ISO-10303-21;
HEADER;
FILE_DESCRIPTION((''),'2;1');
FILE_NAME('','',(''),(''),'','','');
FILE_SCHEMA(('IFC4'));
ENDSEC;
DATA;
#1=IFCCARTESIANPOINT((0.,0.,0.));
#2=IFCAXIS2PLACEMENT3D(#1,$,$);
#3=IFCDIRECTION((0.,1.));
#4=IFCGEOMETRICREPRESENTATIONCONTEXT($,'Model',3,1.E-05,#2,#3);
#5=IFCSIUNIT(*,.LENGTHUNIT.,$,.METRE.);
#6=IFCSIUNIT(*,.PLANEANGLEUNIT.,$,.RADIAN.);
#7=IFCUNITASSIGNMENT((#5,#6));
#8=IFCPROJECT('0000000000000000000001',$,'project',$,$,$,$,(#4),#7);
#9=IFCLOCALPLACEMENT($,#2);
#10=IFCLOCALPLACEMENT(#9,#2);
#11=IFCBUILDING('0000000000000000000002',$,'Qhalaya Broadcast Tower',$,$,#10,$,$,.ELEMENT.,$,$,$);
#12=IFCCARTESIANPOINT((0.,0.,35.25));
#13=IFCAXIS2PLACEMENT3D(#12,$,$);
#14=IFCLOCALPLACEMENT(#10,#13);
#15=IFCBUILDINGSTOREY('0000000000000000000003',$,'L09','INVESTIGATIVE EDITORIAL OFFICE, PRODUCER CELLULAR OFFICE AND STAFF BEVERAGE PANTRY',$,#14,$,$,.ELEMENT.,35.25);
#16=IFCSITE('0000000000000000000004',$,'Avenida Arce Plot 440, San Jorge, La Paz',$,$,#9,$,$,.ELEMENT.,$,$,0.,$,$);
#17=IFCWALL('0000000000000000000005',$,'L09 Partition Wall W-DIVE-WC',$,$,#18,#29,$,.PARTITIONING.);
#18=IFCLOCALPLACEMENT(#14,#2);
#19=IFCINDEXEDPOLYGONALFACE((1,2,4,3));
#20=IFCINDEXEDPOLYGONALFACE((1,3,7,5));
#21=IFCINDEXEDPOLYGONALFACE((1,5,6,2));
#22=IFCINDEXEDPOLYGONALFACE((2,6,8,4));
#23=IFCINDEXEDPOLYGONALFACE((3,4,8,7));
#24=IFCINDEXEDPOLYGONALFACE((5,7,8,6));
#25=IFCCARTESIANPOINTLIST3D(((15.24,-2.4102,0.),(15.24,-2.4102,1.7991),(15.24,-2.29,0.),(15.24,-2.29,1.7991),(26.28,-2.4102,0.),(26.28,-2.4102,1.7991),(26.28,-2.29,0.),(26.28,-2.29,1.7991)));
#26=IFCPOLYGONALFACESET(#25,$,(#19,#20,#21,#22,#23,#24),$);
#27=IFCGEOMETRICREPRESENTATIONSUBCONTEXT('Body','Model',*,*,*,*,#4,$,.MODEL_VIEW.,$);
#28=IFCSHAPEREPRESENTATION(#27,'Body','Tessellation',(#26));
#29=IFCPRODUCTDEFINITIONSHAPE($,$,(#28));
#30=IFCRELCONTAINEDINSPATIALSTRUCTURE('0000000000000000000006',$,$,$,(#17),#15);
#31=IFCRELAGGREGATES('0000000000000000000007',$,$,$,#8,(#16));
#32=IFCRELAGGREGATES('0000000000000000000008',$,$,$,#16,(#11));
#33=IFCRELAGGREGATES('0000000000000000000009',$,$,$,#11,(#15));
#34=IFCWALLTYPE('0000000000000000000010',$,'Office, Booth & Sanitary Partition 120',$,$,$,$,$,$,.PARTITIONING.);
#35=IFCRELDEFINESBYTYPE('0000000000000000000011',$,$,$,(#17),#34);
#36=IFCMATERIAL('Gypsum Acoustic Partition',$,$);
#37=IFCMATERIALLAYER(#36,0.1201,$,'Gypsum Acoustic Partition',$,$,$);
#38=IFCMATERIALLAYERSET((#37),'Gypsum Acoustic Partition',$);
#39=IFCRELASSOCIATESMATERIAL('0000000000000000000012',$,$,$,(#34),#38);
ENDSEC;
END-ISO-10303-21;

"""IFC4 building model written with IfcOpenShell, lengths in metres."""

from ifc_helpers import new_model, si_unit, direction, frame, frame_2d, origin, place, context, subcontext, project, spatial, rectangle, extrude, material, layer, layer_set, type_object, element, save


model = new_model("IFC4")

# Units and contexts
model_context = context("Model", 3, precision=1e-05, world=origin(), true_north=direction((0.0, 1.0)))
body_context = subcontext(model_context, "Body", "Model", "MODEL_VIEW")
ifc_project = project(units=[si_unit("LENGTHUNIT", "METRE"), si_unit("PLANEANGLEUNIT", "RADIAN")], contexts=[model_context])

# Site, building, storey
site_placement = place(None, origin())
site = spatial("IfcSite", under=ifc_project, at=site_placement, Name="Avenida Arce Plot 440, San Jorge, La Paz", CompositionType="ELEMENT", RefElevation=0.0)
building_placement = place(site_placement, origin())
building = spatial("IfcBuilding", under=site, at=building_placement, Name="Qhalaya Broadcast Tower", CompositionType="ELEMENT")
storey_placement = place(building_placement, frame((0.0, 0.0, 35.25)))
storey = spatial("IfcBuildingStorey", under=building, at=storey_placement, Name="L09", Description="INVESTIGATIVE EDITORIAL OFFICE, PRODUCER CELLULAR OFFICE AND STAFF BEVERAGE PANTRY", CompositionType="ELEMENT", Elevation=35.25)

# Shared definitions
ifc_material_1 = material(Name="Gypsum Acoustic Partition")
ifc_layer_1 = layer(ifc_material_1, 0.1201, Name="Gypsum Acoustic Partition")
ifc_layer_set_1 = layer_set([ifc_layer_1], Name="Gypsum Acoustic Partition")
wall_type_1 = type_object("IfcWallType", Name="Office, Booth & Sanitary Partition 120", PredefinedType="PARTITIONING", material=ifc_layer_set_1)

# Wall
wall_1_placement = place(storey_placement, frame((15.24, -2.3501, 0.0), z_axis=(0.0, 0.0, 1.0), x_axis=(1.0, 0.0, 0.0)))
element("IfcWall", 1, at=wall_1_placement, inside=storey, type_object=wall_type_1, Name="L09 Partition Wall W-DIVE-WC", PredefinedType="PARTITIONING", context=body_context, shape_type="SweptSolid", body=[
    extrude(rectangle(XDim=11.04, YDim=0.1201, at=frame_2d((5.52, 0.0))), origin(), (0.0, 0.0, 1.0), 1.7991),
])

save(model, "model.ifc")
